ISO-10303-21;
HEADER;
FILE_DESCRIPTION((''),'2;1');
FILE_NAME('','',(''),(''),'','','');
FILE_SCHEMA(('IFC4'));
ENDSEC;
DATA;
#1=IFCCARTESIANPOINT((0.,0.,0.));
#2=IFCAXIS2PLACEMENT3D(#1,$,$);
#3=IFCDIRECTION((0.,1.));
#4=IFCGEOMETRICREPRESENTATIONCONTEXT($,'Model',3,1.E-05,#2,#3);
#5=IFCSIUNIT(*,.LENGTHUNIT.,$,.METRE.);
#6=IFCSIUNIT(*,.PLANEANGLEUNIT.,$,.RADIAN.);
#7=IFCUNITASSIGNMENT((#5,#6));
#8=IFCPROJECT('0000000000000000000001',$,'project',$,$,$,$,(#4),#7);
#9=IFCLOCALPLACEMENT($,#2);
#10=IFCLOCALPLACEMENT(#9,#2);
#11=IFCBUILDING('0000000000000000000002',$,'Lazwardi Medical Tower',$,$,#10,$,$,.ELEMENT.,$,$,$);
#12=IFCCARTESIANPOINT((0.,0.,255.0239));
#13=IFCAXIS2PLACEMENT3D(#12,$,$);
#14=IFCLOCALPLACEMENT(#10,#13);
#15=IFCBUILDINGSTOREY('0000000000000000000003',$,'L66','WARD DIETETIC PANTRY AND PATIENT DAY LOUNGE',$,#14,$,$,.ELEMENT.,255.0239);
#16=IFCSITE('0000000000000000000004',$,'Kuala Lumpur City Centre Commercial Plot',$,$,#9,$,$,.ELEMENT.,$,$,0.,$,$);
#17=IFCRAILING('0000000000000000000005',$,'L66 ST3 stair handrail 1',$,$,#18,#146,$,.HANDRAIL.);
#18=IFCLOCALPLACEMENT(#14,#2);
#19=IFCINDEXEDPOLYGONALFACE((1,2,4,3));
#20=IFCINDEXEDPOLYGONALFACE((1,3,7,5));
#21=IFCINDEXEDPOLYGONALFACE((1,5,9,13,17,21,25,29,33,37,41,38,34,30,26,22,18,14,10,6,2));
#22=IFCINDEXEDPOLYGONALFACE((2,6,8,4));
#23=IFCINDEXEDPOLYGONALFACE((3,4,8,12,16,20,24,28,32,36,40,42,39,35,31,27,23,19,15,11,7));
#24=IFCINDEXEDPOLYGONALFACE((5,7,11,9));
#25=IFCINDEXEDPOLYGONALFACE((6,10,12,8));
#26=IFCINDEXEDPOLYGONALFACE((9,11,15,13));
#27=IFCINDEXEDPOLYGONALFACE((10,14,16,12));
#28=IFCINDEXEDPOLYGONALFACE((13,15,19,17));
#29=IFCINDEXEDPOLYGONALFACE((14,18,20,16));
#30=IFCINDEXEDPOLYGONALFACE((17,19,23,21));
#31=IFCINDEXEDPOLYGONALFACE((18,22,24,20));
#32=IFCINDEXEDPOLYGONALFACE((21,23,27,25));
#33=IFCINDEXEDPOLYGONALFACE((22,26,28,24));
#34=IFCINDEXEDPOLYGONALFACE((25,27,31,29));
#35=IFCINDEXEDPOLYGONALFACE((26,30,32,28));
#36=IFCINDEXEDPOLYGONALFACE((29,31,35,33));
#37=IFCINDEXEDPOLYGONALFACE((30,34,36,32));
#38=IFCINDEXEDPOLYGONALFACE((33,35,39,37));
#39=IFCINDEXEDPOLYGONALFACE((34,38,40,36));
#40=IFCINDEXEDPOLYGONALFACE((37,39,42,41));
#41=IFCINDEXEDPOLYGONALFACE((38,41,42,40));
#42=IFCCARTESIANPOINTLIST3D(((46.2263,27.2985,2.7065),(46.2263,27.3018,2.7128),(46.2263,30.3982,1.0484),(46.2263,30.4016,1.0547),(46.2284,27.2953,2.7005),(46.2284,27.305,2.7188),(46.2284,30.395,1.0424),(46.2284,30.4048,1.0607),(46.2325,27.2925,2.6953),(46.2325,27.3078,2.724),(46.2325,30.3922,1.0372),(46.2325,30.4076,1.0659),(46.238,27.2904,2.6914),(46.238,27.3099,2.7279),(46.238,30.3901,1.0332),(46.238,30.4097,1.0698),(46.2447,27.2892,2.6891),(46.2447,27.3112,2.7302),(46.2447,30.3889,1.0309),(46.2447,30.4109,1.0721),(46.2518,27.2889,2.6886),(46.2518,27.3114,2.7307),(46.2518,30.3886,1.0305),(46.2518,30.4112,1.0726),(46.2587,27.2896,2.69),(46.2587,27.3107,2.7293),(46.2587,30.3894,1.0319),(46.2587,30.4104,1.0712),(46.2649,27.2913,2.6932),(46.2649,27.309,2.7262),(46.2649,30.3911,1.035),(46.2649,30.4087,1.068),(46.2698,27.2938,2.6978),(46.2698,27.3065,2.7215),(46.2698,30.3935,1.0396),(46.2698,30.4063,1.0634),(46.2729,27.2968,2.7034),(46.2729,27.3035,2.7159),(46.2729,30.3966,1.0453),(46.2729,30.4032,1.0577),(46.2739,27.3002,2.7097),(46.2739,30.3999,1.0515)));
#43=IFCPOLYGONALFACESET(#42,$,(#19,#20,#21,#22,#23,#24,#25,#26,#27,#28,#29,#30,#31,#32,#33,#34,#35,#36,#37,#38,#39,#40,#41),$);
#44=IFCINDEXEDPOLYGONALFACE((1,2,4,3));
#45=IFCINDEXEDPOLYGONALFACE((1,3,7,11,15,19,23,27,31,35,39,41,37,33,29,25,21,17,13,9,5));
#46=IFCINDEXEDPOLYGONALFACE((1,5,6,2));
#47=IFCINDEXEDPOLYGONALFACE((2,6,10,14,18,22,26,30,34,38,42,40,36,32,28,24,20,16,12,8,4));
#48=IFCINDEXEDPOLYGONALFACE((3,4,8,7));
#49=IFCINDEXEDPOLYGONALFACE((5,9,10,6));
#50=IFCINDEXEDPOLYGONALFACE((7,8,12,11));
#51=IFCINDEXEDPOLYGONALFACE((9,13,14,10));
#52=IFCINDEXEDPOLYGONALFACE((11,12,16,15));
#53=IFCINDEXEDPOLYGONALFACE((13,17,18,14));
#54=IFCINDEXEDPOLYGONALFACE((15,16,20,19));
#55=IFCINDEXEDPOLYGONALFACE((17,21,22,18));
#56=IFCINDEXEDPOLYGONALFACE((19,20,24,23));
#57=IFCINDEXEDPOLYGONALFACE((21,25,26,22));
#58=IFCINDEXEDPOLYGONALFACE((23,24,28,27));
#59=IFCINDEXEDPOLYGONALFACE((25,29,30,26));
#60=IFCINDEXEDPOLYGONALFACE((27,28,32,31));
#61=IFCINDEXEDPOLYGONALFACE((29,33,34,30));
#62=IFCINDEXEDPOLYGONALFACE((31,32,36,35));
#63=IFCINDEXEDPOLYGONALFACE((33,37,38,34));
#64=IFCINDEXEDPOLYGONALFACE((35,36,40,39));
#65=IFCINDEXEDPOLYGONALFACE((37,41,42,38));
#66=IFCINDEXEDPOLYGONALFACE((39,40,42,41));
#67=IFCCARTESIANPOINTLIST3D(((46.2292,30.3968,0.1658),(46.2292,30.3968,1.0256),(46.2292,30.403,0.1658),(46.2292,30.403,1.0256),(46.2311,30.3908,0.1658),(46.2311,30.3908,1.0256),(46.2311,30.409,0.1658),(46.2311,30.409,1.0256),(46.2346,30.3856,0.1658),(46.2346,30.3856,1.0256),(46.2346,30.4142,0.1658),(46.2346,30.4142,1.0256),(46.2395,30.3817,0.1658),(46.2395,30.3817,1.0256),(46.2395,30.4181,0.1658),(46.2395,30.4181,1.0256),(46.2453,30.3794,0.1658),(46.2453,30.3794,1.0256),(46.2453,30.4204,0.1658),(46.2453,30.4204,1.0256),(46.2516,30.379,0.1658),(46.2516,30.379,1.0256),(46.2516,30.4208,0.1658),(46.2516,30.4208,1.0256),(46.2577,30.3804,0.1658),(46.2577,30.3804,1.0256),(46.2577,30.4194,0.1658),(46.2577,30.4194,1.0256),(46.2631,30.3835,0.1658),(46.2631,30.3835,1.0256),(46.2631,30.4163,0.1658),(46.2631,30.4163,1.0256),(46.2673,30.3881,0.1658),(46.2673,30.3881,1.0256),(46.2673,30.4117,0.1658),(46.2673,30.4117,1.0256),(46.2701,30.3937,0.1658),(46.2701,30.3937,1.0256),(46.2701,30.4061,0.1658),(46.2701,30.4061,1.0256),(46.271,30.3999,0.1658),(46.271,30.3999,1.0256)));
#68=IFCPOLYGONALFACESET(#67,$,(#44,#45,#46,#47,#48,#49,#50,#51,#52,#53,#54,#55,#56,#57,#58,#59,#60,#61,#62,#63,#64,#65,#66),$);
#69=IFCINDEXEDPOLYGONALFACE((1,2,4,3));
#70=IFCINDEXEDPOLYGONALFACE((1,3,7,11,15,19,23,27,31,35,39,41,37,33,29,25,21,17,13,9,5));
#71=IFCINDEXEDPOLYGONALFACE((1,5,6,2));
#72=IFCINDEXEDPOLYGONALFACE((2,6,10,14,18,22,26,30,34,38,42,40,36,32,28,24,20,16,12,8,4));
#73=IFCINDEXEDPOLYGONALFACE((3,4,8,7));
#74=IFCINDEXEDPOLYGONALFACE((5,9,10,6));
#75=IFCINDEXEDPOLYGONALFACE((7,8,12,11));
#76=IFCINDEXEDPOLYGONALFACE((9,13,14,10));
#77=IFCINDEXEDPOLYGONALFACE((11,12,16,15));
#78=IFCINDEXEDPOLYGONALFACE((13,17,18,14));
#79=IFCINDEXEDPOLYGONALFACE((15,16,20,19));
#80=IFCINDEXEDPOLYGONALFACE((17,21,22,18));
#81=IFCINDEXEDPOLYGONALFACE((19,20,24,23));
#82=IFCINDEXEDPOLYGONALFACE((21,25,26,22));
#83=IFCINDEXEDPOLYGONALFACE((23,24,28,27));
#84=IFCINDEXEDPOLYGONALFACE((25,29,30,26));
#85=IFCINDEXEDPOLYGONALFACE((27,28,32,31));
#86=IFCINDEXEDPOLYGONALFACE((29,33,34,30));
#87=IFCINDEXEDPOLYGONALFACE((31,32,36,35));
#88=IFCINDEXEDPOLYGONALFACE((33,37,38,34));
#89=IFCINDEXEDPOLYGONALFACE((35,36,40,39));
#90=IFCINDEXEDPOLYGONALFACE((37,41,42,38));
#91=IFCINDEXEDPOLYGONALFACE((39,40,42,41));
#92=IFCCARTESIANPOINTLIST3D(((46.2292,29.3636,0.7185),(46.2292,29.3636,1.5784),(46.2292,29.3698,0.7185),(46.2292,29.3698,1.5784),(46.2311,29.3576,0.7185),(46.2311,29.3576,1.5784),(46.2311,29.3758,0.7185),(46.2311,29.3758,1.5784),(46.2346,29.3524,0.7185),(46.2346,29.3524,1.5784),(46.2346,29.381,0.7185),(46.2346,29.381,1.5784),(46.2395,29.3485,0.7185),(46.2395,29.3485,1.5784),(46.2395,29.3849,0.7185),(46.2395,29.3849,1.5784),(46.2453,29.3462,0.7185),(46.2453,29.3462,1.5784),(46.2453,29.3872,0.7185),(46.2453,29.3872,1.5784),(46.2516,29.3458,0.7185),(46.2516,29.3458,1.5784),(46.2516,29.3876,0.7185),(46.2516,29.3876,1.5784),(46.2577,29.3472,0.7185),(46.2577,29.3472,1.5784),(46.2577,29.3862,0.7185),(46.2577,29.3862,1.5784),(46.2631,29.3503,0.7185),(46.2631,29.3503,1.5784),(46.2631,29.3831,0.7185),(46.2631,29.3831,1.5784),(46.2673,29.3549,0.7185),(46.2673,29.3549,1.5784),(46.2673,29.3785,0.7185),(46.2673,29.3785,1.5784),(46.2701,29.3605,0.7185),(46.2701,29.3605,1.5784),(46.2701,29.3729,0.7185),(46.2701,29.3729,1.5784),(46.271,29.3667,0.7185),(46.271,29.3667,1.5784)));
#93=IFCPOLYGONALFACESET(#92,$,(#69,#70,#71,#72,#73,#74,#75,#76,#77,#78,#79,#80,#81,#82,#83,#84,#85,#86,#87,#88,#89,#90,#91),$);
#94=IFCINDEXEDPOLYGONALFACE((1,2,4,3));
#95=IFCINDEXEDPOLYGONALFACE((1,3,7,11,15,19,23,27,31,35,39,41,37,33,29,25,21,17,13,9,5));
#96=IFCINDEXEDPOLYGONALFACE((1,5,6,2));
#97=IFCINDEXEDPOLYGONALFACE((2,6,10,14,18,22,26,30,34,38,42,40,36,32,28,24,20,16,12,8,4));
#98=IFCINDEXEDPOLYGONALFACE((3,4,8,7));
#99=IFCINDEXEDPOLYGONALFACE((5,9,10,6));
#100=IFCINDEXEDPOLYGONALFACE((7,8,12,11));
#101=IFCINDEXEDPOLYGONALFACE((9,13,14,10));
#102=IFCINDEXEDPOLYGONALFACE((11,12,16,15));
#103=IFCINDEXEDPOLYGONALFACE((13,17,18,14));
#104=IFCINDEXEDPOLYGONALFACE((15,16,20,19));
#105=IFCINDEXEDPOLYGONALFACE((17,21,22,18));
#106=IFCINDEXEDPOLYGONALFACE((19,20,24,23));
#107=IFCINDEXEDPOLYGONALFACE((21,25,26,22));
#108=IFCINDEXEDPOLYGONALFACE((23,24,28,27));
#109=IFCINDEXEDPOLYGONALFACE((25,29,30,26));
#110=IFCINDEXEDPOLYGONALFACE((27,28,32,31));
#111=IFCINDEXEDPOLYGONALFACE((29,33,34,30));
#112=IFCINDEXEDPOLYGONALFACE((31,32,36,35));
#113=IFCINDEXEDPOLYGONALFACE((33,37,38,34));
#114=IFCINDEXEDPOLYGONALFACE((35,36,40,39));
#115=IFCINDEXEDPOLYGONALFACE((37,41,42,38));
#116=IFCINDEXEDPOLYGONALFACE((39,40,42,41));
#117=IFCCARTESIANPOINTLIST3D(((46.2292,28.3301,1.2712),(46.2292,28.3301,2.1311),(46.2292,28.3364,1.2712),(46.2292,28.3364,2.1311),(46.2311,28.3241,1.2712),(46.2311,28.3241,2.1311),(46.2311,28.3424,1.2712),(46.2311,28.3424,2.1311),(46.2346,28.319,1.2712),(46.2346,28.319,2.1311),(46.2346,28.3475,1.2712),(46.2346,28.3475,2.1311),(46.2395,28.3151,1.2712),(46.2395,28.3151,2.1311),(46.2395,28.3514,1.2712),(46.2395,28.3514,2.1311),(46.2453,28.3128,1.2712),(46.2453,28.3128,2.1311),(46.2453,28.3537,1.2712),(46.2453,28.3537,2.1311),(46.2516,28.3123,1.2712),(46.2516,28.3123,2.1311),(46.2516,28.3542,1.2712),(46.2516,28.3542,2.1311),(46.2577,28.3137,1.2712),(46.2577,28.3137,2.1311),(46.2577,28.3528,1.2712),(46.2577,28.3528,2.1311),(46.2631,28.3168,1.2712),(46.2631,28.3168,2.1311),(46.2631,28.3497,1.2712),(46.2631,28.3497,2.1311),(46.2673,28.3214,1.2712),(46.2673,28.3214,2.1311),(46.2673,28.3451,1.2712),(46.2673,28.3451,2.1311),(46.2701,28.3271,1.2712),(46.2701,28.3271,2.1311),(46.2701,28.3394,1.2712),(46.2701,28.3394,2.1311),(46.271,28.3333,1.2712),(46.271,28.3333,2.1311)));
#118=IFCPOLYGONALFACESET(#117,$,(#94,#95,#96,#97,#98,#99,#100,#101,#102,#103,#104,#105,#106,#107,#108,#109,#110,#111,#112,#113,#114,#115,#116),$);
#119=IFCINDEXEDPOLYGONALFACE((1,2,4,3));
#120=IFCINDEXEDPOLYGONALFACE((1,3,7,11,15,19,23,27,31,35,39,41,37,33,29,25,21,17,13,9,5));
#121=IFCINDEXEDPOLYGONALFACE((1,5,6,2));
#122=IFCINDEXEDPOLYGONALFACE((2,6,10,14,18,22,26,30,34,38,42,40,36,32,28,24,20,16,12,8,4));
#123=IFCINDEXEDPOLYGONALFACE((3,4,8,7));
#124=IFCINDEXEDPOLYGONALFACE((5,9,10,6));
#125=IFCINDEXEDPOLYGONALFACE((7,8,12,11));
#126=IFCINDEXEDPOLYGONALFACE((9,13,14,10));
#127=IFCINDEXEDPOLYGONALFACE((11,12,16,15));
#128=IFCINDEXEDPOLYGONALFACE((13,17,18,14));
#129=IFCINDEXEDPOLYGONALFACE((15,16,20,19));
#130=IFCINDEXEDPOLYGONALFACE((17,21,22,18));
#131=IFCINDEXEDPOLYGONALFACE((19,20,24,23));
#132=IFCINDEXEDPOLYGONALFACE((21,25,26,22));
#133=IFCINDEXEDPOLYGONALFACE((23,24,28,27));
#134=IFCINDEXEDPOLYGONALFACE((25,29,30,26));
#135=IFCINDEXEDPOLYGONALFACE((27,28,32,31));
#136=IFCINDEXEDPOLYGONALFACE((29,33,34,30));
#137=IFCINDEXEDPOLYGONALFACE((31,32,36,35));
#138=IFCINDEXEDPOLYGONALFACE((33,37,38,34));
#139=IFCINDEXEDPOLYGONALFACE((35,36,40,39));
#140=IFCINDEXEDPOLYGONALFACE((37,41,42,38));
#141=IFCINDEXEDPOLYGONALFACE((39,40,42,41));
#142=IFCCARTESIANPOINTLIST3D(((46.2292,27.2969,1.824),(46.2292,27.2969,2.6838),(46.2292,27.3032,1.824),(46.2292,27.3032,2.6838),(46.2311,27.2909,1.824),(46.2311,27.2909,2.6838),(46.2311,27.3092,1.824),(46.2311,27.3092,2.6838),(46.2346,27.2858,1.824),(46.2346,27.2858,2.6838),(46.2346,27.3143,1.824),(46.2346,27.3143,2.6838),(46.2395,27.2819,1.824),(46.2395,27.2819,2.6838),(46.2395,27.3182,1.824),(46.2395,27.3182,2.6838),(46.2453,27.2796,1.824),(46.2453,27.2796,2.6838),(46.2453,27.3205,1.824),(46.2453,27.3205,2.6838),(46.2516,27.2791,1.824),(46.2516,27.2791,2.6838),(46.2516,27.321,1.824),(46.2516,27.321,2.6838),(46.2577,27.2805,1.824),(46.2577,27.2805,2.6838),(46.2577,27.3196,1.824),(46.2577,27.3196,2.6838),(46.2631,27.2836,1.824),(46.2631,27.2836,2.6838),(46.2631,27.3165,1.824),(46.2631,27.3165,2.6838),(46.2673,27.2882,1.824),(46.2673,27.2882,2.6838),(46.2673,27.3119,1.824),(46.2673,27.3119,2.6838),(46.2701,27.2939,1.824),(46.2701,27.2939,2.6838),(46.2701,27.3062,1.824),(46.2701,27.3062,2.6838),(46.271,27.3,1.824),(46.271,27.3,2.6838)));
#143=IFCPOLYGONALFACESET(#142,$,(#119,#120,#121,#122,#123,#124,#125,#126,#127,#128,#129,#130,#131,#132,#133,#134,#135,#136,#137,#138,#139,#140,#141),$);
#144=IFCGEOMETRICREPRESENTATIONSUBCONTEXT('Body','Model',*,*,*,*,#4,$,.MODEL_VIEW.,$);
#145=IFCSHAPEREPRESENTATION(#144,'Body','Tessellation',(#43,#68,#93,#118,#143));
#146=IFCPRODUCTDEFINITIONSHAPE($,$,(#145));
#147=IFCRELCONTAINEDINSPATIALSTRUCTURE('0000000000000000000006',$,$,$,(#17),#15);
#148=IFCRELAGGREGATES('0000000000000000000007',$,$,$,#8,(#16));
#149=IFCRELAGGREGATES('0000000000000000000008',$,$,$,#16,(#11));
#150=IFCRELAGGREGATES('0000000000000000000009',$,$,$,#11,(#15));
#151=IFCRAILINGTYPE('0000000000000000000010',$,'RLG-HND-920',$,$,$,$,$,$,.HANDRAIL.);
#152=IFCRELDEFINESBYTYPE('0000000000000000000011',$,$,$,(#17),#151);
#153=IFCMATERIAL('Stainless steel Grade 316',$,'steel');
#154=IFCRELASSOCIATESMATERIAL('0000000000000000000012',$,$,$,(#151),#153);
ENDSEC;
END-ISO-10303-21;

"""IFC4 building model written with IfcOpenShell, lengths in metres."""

from ifc_helpers import new_model, si_unit, direction, frame, origin, origin_2d, place, context, subcontext, project, spatial, circle, extrude, material, type_object, element, save


model = new_model("IFC4")

# Units and contexts
model_context = context("Model", 3, precision=1e-05, world=origin(), true_north=direction((0.0, 1.0)))
body_context = subcontext(model_context, "Body", "Model", "MODEL_VIEW")
ifc_project = project(units=[si_unit("LENGTHUNIT", "METRE"), si_unit("PLANEANGLEUNIT", "RADIAN")], contexts=[model_context])

# Site, building, storey
site_placement = place(None, origin())
site = spatial("IfcSite", under=ifc_project, at=site_placement, Name="Kuala Lumpur City Centre Commercial Plot", CompositionType="ELEMENT", RefElevation=0.0)
building_placement = place(site_placement, origin())
building = spatial("IfcBuilding", under=site, at=building_placement, Name="Lazwardi Medical Tower", CompositionType="ELEMENT")
storey_placement = place(building_placement, frame((0.0, 0.0, 255.0239)))
storey = spatial("IfcBuildingStorey", under=building, at=storey_placement, Name="L66", Description="WARD DIETETIC PANTRY AND PATIENT DAY LOUNGE", CompositionType="ELEMENT", Elevation=255.0239)

# Railing
ifc_material_1 = material(Name="Stainless steel Grade 316", Category="steel")
railing_type_1 = type_object("IfcRailingType", Name="RLG-HND-920", PredefinedType="HANDRAIL", material=ifc_material_1)
railing_1_placement = place(storey_placement, frame((46.25, 30.3999, 0.1658)))
element("IfcRailing", 1, at=railing_1_placement, inside=storey, type_object=railing_type_1, Name="L66 ST3 stair handrail 1", PredefinedType="HANDRAIL", context=body_context, shape_type="SweptSolid", body=[
    extrude(circle(Radius=0.0239, at=origin_2d()), frame((0.0, 0.0, 0.8857), z_axis=(0.0, -0.881768, 0.471684), x_axis=(1.0, 0.0, 0.0)), (0.0, 0.0, 1.0), 3.5154),
    extrude(circle(Radius=0.021, at=origin_2d()), origin(), (0.0, 0.0, 1.0), 0.8599),
    extrude(circle(Radius=0.021, at=origin_2d()), frame((0.0, -1.0332, 0.5527)), (0.0, 0.0, 1.0), 0.8599),
    extrude(circle(Radius=0.021, at=origin_2d()), frame((0.0, -2.0667, 1.1055)), (0.0, 0.0, 1.0), 0.8599),
    extrude(circle(Radius=0.021, at=origin_2d()), frame((0.0, -3.0999, 1.6582)), (0.0, 0.0, 1.0), 0.8599),
])

save(model, "model.ifc")
